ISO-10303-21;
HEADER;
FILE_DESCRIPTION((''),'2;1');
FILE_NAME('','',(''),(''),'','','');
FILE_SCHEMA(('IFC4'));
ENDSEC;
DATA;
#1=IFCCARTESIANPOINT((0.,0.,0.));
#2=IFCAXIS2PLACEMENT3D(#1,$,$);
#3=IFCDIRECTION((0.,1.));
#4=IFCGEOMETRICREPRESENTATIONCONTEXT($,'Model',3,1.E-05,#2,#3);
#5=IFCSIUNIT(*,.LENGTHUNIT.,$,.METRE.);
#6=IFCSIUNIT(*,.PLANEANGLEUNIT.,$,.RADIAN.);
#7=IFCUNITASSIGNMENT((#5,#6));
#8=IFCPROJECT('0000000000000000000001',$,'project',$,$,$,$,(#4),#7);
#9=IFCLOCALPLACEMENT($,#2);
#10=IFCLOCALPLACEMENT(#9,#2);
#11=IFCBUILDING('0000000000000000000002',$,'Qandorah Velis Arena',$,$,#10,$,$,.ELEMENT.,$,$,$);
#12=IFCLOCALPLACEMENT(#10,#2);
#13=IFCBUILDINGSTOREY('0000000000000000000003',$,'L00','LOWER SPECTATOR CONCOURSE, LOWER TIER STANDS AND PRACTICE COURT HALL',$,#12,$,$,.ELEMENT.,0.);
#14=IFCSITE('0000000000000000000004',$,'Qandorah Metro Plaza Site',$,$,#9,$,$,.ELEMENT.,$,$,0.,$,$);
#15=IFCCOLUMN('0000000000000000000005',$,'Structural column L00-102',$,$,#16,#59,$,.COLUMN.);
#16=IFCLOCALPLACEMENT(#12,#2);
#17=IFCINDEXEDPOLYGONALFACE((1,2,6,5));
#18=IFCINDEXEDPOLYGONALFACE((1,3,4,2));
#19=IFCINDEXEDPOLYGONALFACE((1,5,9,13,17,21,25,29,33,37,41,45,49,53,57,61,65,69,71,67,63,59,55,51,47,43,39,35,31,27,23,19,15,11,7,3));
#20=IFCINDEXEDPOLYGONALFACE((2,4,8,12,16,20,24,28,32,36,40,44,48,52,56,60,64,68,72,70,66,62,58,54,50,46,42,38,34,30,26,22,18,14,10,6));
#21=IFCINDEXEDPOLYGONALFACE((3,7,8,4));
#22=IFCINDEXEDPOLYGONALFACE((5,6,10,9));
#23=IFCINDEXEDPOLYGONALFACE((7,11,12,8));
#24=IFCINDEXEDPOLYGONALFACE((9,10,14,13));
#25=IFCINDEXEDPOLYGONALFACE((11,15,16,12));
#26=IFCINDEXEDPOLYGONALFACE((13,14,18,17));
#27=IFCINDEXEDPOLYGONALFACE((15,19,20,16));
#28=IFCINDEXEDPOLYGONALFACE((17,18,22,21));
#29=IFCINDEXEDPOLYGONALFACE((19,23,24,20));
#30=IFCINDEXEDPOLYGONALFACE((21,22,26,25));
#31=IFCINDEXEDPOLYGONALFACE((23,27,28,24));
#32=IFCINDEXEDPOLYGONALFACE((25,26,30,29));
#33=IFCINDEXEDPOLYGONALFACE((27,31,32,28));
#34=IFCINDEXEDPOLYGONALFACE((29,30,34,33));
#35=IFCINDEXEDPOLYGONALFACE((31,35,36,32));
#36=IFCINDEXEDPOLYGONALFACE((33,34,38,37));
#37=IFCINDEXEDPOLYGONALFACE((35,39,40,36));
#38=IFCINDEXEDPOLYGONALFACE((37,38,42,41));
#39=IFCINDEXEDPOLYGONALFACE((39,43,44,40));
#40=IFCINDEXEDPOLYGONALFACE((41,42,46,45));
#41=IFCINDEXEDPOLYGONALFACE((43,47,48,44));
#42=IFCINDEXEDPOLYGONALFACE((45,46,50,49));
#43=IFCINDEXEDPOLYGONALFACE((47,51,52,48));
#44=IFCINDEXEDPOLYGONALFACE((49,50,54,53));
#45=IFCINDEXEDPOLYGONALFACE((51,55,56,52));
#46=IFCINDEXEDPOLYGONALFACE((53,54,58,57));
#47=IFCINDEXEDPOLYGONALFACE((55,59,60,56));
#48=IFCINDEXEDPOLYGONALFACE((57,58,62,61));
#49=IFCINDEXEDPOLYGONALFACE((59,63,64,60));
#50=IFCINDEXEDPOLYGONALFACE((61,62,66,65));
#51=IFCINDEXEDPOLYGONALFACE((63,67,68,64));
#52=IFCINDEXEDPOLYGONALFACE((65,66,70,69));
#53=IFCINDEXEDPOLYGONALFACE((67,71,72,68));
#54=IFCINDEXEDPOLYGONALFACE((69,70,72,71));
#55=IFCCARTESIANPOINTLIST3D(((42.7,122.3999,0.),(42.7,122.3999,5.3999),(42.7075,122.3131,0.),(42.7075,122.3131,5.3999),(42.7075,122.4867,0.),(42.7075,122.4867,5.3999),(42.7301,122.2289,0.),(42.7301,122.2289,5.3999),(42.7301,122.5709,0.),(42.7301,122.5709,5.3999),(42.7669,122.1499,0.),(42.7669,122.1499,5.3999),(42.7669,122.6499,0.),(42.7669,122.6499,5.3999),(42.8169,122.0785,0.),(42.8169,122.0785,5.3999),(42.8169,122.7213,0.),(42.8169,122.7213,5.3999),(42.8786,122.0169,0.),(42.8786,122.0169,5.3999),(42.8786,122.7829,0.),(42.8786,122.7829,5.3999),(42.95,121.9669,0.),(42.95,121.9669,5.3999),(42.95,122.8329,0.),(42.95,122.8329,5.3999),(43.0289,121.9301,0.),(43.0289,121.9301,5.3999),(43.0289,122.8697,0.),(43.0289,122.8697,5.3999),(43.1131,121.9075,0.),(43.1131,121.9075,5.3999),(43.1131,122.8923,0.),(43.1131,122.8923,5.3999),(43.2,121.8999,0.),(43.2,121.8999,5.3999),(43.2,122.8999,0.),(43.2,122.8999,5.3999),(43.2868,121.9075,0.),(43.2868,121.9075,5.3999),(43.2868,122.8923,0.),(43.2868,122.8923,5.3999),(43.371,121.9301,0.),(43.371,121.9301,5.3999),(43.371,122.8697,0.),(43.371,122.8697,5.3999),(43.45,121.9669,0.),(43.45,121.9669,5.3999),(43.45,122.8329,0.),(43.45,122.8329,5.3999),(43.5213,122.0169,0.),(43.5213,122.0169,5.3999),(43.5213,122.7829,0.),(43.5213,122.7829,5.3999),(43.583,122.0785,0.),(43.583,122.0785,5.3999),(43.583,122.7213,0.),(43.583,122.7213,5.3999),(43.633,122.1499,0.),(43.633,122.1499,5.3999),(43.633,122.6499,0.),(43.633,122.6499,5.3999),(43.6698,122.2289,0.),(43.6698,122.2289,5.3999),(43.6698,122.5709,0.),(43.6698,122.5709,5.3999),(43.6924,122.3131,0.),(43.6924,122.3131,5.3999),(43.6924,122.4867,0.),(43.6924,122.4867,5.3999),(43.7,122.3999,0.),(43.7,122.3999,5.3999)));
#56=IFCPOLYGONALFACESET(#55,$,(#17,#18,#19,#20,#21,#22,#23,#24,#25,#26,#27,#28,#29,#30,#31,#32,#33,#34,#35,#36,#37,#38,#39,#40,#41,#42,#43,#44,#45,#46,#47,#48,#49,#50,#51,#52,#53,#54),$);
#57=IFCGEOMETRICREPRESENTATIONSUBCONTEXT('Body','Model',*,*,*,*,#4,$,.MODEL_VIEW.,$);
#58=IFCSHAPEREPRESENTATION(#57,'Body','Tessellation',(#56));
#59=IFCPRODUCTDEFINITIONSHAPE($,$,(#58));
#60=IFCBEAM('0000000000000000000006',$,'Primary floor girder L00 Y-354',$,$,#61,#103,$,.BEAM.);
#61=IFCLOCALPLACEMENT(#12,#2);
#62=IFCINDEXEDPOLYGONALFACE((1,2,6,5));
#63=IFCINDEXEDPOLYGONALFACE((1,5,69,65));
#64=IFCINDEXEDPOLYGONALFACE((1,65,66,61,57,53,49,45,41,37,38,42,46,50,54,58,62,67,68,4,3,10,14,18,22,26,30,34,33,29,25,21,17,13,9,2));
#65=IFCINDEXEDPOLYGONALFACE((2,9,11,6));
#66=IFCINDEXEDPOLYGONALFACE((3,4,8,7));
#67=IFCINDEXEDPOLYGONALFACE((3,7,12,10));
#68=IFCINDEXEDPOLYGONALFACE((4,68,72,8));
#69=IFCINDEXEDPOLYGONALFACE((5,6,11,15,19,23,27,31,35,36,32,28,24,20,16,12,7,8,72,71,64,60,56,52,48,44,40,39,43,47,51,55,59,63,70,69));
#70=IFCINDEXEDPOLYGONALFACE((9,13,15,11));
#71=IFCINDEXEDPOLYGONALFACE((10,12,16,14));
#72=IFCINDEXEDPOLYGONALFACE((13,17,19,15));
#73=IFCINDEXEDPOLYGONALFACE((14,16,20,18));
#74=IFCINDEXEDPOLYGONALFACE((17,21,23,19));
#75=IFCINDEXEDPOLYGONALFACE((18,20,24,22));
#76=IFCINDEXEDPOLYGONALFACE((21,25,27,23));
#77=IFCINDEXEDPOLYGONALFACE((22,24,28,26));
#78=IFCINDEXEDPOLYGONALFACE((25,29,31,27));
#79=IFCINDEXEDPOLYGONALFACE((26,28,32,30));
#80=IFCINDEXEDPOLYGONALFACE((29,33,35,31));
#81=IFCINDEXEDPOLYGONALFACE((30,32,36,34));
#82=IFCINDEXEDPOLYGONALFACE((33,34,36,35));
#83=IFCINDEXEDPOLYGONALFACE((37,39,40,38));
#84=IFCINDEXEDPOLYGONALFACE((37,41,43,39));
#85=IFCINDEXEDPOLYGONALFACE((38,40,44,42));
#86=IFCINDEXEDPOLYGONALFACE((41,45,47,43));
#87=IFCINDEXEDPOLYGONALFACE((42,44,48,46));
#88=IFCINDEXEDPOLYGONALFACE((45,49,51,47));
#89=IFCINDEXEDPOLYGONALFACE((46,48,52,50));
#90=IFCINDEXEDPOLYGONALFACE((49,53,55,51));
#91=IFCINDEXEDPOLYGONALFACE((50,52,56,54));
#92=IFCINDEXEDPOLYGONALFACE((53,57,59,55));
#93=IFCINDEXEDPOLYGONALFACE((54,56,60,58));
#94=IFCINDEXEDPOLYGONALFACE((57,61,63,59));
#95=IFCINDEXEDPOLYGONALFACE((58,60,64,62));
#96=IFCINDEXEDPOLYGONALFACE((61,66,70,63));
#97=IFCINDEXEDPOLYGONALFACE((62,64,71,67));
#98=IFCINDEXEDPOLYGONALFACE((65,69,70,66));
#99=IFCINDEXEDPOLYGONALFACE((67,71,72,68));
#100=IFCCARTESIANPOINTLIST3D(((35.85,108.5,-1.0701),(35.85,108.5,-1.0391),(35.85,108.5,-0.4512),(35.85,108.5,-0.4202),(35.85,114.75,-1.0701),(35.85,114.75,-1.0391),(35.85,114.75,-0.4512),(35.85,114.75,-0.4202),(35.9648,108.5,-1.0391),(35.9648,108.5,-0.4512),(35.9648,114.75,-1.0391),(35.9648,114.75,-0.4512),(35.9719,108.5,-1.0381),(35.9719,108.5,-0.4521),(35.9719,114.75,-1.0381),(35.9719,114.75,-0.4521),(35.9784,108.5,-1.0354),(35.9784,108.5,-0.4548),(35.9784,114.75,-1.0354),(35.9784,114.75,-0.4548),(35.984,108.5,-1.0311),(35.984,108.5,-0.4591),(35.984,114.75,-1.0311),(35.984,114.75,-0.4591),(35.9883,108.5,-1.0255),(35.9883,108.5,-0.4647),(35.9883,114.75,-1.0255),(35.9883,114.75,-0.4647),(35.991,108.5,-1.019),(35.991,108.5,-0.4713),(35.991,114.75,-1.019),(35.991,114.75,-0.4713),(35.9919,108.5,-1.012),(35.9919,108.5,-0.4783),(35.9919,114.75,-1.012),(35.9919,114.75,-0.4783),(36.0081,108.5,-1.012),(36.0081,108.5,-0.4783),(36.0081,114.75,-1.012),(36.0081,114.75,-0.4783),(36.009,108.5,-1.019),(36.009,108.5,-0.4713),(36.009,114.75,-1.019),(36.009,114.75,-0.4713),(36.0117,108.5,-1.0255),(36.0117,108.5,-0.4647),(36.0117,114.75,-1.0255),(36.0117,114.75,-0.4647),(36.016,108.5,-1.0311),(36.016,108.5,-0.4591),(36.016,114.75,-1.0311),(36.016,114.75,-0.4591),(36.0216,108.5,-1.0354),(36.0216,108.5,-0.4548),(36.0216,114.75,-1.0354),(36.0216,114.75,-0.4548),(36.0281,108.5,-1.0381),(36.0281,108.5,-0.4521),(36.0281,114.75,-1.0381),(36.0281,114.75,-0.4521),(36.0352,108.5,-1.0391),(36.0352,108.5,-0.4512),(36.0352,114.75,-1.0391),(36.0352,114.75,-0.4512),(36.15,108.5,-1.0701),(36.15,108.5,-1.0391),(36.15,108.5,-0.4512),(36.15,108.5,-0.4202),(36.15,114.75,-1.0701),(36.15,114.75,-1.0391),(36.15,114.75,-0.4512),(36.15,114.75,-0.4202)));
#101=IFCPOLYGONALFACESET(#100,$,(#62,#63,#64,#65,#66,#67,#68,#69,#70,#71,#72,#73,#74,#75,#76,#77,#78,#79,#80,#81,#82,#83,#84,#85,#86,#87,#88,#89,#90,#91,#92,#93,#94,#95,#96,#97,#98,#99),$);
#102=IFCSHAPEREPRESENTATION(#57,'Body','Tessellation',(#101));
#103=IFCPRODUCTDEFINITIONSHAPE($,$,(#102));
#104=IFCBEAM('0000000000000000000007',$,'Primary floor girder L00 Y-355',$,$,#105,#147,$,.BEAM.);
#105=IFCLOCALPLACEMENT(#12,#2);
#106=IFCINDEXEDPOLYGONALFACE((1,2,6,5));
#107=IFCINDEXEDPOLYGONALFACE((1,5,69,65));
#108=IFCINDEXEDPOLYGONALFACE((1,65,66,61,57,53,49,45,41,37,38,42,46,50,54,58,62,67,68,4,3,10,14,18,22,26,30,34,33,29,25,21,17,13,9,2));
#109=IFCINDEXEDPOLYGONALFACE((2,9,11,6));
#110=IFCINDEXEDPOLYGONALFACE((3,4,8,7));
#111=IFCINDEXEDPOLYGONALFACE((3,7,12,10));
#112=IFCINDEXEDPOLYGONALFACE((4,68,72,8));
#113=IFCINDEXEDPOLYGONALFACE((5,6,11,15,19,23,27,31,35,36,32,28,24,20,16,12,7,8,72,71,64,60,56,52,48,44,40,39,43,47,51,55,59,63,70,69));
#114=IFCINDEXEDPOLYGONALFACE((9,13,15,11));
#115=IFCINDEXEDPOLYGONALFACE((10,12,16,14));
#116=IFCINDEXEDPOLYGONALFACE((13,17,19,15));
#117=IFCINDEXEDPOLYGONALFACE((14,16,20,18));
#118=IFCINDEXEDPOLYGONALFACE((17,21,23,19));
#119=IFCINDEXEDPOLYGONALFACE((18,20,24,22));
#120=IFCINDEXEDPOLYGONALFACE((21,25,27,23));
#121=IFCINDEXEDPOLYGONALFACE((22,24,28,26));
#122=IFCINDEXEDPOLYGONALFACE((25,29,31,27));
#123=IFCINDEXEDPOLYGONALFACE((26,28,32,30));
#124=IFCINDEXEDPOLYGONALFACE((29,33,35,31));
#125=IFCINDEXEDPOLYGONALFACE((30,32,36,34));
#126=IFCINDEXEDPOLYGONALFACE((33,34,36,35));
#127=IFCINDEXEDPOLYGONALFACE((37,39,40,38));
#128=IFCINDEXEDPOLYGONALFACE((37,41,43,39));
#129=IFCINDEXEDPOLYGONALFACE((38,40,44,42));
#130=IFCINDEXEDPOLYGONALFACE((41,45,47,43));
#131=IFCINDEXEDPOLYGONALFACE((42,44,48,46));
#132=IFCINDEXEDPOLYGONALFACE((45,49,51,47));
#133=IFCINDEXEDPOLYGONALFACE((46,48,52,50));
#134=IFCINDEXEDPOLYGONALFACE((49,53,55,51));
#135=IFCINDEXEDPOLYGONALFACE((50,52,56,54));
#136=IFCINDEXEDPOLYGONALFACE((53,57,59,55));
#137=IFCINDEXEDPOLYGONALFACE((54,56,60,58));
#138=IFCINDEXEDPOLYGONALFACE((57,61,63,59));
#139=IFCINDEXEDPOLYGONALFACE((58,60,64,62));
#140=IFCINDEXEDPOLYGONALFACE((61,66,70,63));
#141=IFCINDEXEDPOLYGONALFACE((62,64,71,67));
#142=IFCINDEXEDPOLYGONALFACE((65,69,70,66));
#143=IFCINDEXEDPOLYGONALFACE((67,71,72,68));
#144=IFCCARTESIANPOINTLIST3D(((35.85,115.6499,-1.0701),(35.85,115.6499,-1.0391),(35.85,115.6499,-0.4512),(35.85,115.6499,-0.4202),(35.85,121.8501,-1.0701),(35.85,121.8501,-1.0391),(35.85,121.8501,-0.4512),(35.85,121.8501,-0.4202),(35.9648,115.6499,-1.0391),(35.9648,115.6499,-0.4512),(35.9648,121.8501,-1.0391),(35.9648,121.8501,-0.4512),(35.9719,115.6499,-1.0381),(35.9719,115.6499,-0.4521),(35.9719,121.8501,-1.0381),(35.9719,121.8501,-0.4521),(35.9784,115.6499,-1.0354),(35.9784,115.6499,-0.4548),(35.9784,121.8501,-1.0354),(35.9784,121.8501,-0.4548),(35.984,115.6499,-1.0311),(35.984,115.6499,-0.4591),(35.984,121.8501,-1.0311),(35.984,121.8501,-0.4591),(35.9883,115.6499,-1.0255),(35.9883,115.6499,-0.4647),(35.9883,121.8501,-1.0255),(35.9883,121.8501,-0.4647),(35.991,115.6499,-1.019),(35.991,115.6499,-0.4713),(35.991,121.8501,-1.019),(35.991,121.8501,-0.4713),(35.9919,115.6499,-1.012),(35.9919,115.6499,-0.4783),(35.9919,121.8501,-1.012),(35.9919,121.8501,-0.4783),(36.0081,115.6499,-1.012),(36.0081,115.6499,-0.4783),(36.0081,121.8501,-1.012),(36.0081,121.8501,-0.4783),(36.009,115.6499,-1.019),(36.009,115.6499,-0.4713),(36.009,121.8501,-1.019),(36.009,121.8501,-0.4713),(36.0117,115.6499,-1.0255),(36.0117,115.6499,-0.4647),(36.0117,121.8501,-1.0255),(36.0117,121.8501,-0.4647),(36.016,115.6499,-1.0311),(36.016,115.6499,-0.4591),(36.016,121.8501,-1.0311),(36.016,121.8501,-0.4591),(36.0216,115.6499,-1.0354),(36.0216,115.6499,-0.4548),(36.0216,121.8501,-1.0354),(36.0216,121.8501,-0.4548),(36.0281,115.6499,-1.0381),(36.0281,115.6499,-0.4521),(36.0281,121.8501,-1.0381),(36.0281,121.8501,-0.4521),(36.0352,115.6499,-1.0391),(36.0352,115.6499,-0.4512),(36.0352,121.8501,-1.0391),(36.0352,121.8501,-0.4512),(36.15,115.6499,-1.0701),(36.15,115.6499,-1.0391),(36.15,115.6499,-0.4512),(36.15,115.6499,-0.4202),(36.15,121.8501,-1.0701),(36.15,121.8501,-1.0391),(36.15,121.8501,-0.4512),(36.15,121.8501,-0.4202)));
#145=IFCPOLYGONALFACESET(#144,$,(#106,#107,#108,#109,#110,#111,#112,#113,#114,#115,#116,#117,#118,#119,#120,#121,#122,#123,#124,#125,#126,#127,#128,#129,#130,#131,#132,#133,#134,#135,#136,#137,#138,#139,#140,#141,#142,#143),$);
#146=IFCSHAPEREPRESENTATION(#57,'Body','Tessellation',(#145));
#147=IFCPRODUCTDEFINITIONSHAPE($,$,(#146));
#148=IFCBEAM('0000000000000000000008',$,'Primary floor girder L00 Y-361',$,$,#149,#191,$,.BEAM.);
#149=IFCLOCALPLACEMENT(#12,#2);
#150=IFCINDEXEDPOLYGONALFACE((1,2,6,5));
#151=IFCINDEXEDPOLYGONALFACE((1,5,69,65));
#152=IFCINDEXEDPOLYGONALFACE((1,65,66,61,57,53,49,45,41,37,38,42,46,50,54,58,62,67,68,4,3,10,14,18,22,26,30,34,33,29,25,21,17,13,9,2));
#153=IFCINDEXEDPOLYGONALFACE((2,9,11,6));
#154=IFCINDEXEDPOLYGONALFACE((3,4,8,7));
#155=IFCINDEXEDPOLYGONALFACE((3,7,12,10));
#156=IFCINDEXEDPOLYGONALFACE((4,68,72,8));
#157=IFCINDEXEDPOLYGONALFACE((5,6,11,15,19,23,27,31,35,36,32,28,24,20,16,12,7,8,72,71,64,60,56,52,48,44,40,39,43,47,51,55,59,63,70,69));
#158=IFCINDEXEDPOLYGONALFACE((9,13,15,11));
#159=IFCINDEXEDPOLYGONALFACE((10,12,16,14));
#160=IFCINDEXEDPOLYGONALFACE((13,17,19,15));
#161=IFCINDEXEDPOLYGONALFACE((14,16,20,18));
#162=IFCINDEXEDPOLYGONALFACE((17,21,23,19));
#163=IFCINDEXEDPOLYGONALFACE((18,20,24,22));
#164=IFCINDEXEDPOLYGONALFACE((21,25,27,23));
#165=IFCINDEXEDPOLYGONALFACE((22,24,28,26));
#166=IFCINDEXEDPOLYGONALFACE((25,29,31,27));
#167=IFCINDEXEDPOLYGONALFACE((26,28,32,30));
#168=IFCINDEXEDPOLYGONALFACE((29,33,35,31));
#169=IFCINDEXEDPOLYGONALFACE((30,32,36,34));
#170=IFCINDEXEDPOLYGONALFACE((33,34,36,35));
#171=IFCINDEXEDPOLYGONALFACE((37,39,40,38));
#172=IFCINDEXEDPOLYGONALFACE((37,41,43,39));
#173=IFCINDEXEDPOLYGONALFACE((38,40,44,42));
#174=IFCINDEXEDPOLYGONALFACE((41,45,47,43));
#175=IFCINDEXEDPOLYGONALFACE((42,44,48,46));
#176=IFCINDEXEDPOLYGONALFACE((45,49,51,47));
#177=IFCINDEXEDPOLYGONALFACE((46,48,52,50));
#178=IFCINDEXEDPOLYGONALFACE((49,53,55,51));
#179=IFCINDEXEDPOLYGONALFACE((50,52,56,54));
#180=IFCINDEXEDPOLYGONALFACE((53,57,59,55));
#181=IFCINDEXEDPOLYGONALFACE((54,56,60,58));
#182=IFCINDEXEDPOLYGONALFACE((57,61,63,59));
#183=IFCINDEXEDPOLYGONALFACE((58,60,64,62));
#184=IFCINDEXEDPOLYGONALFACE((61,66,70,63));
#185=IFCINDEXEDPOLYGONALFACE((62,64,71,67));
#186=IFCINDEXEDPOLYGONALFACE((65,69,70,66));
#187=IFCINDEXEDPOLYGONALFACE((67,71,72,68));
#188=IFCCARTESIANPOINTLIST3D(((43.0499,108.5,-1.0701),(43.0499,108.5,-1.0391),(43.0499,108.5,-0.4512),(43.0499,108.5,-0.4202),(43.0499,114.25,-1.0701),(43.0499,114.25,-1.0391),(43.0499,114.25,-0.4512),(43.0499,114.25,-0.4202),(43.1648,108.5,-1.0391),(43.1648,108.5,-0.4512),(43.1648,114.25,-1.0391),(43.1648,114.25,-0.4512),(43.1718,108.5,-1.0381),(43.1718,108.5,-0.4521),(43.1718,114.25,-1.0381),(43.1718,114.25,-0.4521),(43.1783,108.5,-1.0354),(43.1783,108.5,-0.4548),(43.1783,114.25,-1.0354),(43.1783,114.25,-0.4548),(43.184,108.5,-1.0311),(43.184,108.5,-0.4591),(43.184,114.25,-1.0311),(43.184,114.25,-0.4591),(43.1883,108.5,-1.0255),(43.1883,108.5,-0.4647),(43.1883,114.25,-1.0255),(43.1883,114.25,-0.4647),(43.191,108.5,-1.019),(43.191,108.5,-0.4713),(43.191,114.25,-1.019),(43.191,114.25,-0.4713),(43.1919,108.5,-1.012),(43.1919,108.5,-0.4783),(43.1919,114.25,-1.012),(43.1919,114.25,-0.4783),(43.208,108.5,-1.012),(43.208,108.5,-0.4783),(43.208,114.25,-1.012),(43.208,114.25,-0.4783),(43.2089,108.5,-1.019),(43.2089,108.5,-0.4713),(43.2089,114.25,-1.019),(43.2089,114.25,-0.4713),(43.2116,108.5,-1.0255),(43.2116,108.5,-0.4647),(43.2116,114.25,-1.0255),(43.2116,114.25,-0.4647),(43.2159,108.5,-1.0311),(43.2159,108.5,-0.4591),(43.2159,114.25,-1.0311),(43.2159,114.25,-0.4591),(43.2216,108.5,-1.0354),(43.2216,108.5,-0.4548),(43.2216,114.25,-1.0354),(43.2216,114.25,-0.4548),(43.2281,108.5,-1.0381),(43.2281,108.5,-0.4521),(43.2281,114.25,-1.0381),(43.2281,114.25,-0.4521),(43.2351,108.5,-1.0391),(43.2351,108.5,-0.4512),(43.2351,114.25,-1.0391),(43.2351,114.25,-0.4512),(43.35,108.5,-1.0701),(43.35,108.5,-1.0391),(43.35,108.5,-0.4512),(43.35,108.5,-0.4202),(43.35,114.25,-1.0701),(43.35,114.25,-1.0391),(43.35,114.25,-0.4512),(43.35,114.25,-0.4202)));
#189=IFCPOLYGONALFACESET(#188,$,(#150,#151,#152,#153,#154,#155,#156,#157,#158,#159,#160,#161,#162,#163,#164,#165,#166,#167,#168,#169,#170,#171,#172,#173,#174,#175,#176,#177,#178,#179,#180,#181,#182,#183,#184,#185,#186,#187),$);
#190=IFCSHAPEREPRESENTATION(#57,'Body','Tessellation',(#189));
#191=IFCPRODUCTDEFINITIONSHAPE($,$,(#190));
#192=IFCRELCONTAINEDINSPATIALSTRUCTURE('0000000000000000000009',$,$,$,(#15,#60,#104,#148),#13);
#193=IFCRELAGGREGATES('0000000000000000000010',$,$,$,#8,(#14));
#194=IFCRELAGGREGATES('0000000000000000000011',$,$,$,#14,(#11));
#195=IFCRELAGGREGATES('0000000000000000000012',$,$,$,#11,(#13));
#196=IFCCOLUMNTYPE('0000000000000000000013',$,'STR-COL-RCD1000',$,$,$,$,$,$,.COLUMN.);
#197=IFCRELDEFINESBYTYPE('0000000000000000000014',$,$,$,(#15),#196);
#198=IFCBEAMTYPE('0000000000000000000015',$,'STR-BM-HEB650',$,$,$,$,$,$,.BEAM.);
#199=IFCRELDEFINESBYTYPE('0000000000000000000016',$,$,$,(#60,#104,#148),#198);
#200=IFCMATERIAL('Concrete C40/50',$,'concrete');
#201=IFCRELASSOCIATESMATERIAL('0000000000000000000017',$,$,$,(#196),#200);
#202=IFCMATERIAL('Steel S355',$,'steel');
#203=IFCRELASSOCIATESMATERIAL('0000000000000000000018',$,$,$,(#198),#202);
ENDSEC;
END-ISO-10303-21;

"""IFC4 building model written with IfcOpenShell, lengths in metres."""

from ifc_helpers import new_model, si_unit, direction, frame, origin, origin_2d, place, context, subcontext, project, spatial, circle, i_section, extrude, material, material_profile, profile_set, type_object, element, save


model = new_model("IFC4")

# Units and contexts
model_context = context("Model", 3, precision=1e-05, world=origin(), true_north=direction((0.0, 1.0)))
body_context = subcontext(model_context, "Body", "Model", "MODEL_VIEW")
ifc_project = project(units=[si_unit("LENGTHUNIT", "METRE"), si_unit("PLANEANGLEUNIT", "RADIAN")], contexts=[model_context])

# Site, building, storey
site_placement = place(None, origin())
site = spatial("IfcSite", under=ifc_project, at=site_placement, Name="Qandorah Metro Plaza Site", CompositionType="ELEMENT", RefElevation=0.0)
building_placement = place(site_placement, origin())
building = spatial("IfcBuilding", under=site, at=building_placement, Name="Qandorah Velis Arena", CompositionType="ELEMENT")
storey_placement = place(building_placement, origin())
storey = spatial("IfcBuildingStorey", under=building, at=storey_placement, Name="L00", Description="LOWER SPECTATOR CONCOURSE, LOWER TIER STANDS AND PRACTICE COURT HALL", CompositionType="ELEMENT", Elevation=0.0)

# Column
ifc_material_1 = material(Name="Concrete C40/50", Category="concrete")
ifc_material_profile_1 = material_profile(ifc_material_1, circle(Radius=0.5, at=origin_2d()), Name="RC D1000")
ifc_profile_set_1 = profile_set([ifc_material_profile_1], Name="Concrete C40/50")
column_type_1 = type_object("IfcColumnType", Name="STR-COL-RCD1000", PredefinedType="COLUMN", material=ifc_profile_set_1)
for number, where, z_axis, x_axis, name in (
    (1, (43.2, 122.3999, 0.0), (0.0, 0.0, 1.0), (1.0, 0.0, 0.0), "Structural column L00-102"),
):
    element("IfcColumn", number, at=place(storey_placement, frame(where, z_axis=z_axis, x_axis=x_axis)), inside=storey, type_object=column_type_1, Name=name, PredefinedType="COLUMN", context=body_context, shape_type="SweptSolid", body=[
        extrude(circle(Radius=0.5, at=origin_2d()), origin(), (0.0, 0.0, 1.0), 5.3999),
    ])

# Beams
ifc_material_2 = material(Name="Steel S355", Category="steel")
ifc_material_profile_2 = material_profile(ifc_material_2, i_section(OverallWidth=0.3, OverallDepth=0.6499, WebThickness=0.0161, FlangeThickness=0.031, FilletRadius=0.0271, at=origin_2d()), Name="HEB 650")
ifc_profile_set_2 = profile_set([ifc_material_profile_2], Name="Steel S355")
beam_type_1 = type_object("IfcBeamType", Name="STR-BM-HEB650", PredefinedType="BEAM", material=ifc_profile_set_2)
beam_1_placement = place(storey_placement, frame((36.0, 108.5, -0.7451), z_axis=(0.0, 1.0, 0.0), x_axis=(-1.0, 0.0, 0.0)))
element("IfcBeam", 2, at=beam_1_placement, inside=storey, type_object=beam_type_1, Name="Primary floor girder L00 Y-354", PredefinedType="BEAM", context=body_context, shape_type="SweptSolid", body=[
    extrude(i_section(OverallWidth=0.3, OverallDepth=0.6499, WebThickness=0.0161, FlangeThickness=0.031, FilletRadius=0.0271, at=origin_2d()), origin(), (0.0, 0.0, 1.0), 6.25),
])
beam_2_placement = place(storey_placement, frame((36.0, 115.6499, -0.7451), z_axis=(0.0, 1.0, 0.0), x_axis=(-1.0, 0.0, 0.0)))
element("IfcBeam", 3, at=beam_2_placement, inside=storey, type_object=beam_type_1, Name="Primary floor girder L00 Y-355", PredefinedType="BEAM", context=body_context, shape_type="SweptSolid", body=[
    extrude(i_section(OverallWidth=0.3, OverallDepth=0.6499, WebThickness=0.0161, FlangeThickness=0.031, FilletRadius=0.0271, at=origin_2d()), origin(), (0.0, 0.0, 1.0), 6.2002),
])
beam_3_placement = place(storey_placement, frame((43.2, 108.5, -0.7451), z_axis=(0.0, 1.0, 0.0), x_axis=(-1.0, 0.0, 0.0)))
element("IfcBeam", 4, at=beam_3_placement, inside=storey, type_object=beam_type_1, Name="Primary floor girder L00 Y-361", PredefinedType="BEAM", context=body_context, shape_type="SweptSolid", body=[
    extrude(i_section(OverallWidth=0.3, OverallDepth=0.6499, WebThickness=0.0161, FlangeThickness=0.031, FilletRadius=0.0271, at=origin_2d()), origin(), (0.0, 0.0, 1.0), 5.75),
])

save(model, "model.ifc")
